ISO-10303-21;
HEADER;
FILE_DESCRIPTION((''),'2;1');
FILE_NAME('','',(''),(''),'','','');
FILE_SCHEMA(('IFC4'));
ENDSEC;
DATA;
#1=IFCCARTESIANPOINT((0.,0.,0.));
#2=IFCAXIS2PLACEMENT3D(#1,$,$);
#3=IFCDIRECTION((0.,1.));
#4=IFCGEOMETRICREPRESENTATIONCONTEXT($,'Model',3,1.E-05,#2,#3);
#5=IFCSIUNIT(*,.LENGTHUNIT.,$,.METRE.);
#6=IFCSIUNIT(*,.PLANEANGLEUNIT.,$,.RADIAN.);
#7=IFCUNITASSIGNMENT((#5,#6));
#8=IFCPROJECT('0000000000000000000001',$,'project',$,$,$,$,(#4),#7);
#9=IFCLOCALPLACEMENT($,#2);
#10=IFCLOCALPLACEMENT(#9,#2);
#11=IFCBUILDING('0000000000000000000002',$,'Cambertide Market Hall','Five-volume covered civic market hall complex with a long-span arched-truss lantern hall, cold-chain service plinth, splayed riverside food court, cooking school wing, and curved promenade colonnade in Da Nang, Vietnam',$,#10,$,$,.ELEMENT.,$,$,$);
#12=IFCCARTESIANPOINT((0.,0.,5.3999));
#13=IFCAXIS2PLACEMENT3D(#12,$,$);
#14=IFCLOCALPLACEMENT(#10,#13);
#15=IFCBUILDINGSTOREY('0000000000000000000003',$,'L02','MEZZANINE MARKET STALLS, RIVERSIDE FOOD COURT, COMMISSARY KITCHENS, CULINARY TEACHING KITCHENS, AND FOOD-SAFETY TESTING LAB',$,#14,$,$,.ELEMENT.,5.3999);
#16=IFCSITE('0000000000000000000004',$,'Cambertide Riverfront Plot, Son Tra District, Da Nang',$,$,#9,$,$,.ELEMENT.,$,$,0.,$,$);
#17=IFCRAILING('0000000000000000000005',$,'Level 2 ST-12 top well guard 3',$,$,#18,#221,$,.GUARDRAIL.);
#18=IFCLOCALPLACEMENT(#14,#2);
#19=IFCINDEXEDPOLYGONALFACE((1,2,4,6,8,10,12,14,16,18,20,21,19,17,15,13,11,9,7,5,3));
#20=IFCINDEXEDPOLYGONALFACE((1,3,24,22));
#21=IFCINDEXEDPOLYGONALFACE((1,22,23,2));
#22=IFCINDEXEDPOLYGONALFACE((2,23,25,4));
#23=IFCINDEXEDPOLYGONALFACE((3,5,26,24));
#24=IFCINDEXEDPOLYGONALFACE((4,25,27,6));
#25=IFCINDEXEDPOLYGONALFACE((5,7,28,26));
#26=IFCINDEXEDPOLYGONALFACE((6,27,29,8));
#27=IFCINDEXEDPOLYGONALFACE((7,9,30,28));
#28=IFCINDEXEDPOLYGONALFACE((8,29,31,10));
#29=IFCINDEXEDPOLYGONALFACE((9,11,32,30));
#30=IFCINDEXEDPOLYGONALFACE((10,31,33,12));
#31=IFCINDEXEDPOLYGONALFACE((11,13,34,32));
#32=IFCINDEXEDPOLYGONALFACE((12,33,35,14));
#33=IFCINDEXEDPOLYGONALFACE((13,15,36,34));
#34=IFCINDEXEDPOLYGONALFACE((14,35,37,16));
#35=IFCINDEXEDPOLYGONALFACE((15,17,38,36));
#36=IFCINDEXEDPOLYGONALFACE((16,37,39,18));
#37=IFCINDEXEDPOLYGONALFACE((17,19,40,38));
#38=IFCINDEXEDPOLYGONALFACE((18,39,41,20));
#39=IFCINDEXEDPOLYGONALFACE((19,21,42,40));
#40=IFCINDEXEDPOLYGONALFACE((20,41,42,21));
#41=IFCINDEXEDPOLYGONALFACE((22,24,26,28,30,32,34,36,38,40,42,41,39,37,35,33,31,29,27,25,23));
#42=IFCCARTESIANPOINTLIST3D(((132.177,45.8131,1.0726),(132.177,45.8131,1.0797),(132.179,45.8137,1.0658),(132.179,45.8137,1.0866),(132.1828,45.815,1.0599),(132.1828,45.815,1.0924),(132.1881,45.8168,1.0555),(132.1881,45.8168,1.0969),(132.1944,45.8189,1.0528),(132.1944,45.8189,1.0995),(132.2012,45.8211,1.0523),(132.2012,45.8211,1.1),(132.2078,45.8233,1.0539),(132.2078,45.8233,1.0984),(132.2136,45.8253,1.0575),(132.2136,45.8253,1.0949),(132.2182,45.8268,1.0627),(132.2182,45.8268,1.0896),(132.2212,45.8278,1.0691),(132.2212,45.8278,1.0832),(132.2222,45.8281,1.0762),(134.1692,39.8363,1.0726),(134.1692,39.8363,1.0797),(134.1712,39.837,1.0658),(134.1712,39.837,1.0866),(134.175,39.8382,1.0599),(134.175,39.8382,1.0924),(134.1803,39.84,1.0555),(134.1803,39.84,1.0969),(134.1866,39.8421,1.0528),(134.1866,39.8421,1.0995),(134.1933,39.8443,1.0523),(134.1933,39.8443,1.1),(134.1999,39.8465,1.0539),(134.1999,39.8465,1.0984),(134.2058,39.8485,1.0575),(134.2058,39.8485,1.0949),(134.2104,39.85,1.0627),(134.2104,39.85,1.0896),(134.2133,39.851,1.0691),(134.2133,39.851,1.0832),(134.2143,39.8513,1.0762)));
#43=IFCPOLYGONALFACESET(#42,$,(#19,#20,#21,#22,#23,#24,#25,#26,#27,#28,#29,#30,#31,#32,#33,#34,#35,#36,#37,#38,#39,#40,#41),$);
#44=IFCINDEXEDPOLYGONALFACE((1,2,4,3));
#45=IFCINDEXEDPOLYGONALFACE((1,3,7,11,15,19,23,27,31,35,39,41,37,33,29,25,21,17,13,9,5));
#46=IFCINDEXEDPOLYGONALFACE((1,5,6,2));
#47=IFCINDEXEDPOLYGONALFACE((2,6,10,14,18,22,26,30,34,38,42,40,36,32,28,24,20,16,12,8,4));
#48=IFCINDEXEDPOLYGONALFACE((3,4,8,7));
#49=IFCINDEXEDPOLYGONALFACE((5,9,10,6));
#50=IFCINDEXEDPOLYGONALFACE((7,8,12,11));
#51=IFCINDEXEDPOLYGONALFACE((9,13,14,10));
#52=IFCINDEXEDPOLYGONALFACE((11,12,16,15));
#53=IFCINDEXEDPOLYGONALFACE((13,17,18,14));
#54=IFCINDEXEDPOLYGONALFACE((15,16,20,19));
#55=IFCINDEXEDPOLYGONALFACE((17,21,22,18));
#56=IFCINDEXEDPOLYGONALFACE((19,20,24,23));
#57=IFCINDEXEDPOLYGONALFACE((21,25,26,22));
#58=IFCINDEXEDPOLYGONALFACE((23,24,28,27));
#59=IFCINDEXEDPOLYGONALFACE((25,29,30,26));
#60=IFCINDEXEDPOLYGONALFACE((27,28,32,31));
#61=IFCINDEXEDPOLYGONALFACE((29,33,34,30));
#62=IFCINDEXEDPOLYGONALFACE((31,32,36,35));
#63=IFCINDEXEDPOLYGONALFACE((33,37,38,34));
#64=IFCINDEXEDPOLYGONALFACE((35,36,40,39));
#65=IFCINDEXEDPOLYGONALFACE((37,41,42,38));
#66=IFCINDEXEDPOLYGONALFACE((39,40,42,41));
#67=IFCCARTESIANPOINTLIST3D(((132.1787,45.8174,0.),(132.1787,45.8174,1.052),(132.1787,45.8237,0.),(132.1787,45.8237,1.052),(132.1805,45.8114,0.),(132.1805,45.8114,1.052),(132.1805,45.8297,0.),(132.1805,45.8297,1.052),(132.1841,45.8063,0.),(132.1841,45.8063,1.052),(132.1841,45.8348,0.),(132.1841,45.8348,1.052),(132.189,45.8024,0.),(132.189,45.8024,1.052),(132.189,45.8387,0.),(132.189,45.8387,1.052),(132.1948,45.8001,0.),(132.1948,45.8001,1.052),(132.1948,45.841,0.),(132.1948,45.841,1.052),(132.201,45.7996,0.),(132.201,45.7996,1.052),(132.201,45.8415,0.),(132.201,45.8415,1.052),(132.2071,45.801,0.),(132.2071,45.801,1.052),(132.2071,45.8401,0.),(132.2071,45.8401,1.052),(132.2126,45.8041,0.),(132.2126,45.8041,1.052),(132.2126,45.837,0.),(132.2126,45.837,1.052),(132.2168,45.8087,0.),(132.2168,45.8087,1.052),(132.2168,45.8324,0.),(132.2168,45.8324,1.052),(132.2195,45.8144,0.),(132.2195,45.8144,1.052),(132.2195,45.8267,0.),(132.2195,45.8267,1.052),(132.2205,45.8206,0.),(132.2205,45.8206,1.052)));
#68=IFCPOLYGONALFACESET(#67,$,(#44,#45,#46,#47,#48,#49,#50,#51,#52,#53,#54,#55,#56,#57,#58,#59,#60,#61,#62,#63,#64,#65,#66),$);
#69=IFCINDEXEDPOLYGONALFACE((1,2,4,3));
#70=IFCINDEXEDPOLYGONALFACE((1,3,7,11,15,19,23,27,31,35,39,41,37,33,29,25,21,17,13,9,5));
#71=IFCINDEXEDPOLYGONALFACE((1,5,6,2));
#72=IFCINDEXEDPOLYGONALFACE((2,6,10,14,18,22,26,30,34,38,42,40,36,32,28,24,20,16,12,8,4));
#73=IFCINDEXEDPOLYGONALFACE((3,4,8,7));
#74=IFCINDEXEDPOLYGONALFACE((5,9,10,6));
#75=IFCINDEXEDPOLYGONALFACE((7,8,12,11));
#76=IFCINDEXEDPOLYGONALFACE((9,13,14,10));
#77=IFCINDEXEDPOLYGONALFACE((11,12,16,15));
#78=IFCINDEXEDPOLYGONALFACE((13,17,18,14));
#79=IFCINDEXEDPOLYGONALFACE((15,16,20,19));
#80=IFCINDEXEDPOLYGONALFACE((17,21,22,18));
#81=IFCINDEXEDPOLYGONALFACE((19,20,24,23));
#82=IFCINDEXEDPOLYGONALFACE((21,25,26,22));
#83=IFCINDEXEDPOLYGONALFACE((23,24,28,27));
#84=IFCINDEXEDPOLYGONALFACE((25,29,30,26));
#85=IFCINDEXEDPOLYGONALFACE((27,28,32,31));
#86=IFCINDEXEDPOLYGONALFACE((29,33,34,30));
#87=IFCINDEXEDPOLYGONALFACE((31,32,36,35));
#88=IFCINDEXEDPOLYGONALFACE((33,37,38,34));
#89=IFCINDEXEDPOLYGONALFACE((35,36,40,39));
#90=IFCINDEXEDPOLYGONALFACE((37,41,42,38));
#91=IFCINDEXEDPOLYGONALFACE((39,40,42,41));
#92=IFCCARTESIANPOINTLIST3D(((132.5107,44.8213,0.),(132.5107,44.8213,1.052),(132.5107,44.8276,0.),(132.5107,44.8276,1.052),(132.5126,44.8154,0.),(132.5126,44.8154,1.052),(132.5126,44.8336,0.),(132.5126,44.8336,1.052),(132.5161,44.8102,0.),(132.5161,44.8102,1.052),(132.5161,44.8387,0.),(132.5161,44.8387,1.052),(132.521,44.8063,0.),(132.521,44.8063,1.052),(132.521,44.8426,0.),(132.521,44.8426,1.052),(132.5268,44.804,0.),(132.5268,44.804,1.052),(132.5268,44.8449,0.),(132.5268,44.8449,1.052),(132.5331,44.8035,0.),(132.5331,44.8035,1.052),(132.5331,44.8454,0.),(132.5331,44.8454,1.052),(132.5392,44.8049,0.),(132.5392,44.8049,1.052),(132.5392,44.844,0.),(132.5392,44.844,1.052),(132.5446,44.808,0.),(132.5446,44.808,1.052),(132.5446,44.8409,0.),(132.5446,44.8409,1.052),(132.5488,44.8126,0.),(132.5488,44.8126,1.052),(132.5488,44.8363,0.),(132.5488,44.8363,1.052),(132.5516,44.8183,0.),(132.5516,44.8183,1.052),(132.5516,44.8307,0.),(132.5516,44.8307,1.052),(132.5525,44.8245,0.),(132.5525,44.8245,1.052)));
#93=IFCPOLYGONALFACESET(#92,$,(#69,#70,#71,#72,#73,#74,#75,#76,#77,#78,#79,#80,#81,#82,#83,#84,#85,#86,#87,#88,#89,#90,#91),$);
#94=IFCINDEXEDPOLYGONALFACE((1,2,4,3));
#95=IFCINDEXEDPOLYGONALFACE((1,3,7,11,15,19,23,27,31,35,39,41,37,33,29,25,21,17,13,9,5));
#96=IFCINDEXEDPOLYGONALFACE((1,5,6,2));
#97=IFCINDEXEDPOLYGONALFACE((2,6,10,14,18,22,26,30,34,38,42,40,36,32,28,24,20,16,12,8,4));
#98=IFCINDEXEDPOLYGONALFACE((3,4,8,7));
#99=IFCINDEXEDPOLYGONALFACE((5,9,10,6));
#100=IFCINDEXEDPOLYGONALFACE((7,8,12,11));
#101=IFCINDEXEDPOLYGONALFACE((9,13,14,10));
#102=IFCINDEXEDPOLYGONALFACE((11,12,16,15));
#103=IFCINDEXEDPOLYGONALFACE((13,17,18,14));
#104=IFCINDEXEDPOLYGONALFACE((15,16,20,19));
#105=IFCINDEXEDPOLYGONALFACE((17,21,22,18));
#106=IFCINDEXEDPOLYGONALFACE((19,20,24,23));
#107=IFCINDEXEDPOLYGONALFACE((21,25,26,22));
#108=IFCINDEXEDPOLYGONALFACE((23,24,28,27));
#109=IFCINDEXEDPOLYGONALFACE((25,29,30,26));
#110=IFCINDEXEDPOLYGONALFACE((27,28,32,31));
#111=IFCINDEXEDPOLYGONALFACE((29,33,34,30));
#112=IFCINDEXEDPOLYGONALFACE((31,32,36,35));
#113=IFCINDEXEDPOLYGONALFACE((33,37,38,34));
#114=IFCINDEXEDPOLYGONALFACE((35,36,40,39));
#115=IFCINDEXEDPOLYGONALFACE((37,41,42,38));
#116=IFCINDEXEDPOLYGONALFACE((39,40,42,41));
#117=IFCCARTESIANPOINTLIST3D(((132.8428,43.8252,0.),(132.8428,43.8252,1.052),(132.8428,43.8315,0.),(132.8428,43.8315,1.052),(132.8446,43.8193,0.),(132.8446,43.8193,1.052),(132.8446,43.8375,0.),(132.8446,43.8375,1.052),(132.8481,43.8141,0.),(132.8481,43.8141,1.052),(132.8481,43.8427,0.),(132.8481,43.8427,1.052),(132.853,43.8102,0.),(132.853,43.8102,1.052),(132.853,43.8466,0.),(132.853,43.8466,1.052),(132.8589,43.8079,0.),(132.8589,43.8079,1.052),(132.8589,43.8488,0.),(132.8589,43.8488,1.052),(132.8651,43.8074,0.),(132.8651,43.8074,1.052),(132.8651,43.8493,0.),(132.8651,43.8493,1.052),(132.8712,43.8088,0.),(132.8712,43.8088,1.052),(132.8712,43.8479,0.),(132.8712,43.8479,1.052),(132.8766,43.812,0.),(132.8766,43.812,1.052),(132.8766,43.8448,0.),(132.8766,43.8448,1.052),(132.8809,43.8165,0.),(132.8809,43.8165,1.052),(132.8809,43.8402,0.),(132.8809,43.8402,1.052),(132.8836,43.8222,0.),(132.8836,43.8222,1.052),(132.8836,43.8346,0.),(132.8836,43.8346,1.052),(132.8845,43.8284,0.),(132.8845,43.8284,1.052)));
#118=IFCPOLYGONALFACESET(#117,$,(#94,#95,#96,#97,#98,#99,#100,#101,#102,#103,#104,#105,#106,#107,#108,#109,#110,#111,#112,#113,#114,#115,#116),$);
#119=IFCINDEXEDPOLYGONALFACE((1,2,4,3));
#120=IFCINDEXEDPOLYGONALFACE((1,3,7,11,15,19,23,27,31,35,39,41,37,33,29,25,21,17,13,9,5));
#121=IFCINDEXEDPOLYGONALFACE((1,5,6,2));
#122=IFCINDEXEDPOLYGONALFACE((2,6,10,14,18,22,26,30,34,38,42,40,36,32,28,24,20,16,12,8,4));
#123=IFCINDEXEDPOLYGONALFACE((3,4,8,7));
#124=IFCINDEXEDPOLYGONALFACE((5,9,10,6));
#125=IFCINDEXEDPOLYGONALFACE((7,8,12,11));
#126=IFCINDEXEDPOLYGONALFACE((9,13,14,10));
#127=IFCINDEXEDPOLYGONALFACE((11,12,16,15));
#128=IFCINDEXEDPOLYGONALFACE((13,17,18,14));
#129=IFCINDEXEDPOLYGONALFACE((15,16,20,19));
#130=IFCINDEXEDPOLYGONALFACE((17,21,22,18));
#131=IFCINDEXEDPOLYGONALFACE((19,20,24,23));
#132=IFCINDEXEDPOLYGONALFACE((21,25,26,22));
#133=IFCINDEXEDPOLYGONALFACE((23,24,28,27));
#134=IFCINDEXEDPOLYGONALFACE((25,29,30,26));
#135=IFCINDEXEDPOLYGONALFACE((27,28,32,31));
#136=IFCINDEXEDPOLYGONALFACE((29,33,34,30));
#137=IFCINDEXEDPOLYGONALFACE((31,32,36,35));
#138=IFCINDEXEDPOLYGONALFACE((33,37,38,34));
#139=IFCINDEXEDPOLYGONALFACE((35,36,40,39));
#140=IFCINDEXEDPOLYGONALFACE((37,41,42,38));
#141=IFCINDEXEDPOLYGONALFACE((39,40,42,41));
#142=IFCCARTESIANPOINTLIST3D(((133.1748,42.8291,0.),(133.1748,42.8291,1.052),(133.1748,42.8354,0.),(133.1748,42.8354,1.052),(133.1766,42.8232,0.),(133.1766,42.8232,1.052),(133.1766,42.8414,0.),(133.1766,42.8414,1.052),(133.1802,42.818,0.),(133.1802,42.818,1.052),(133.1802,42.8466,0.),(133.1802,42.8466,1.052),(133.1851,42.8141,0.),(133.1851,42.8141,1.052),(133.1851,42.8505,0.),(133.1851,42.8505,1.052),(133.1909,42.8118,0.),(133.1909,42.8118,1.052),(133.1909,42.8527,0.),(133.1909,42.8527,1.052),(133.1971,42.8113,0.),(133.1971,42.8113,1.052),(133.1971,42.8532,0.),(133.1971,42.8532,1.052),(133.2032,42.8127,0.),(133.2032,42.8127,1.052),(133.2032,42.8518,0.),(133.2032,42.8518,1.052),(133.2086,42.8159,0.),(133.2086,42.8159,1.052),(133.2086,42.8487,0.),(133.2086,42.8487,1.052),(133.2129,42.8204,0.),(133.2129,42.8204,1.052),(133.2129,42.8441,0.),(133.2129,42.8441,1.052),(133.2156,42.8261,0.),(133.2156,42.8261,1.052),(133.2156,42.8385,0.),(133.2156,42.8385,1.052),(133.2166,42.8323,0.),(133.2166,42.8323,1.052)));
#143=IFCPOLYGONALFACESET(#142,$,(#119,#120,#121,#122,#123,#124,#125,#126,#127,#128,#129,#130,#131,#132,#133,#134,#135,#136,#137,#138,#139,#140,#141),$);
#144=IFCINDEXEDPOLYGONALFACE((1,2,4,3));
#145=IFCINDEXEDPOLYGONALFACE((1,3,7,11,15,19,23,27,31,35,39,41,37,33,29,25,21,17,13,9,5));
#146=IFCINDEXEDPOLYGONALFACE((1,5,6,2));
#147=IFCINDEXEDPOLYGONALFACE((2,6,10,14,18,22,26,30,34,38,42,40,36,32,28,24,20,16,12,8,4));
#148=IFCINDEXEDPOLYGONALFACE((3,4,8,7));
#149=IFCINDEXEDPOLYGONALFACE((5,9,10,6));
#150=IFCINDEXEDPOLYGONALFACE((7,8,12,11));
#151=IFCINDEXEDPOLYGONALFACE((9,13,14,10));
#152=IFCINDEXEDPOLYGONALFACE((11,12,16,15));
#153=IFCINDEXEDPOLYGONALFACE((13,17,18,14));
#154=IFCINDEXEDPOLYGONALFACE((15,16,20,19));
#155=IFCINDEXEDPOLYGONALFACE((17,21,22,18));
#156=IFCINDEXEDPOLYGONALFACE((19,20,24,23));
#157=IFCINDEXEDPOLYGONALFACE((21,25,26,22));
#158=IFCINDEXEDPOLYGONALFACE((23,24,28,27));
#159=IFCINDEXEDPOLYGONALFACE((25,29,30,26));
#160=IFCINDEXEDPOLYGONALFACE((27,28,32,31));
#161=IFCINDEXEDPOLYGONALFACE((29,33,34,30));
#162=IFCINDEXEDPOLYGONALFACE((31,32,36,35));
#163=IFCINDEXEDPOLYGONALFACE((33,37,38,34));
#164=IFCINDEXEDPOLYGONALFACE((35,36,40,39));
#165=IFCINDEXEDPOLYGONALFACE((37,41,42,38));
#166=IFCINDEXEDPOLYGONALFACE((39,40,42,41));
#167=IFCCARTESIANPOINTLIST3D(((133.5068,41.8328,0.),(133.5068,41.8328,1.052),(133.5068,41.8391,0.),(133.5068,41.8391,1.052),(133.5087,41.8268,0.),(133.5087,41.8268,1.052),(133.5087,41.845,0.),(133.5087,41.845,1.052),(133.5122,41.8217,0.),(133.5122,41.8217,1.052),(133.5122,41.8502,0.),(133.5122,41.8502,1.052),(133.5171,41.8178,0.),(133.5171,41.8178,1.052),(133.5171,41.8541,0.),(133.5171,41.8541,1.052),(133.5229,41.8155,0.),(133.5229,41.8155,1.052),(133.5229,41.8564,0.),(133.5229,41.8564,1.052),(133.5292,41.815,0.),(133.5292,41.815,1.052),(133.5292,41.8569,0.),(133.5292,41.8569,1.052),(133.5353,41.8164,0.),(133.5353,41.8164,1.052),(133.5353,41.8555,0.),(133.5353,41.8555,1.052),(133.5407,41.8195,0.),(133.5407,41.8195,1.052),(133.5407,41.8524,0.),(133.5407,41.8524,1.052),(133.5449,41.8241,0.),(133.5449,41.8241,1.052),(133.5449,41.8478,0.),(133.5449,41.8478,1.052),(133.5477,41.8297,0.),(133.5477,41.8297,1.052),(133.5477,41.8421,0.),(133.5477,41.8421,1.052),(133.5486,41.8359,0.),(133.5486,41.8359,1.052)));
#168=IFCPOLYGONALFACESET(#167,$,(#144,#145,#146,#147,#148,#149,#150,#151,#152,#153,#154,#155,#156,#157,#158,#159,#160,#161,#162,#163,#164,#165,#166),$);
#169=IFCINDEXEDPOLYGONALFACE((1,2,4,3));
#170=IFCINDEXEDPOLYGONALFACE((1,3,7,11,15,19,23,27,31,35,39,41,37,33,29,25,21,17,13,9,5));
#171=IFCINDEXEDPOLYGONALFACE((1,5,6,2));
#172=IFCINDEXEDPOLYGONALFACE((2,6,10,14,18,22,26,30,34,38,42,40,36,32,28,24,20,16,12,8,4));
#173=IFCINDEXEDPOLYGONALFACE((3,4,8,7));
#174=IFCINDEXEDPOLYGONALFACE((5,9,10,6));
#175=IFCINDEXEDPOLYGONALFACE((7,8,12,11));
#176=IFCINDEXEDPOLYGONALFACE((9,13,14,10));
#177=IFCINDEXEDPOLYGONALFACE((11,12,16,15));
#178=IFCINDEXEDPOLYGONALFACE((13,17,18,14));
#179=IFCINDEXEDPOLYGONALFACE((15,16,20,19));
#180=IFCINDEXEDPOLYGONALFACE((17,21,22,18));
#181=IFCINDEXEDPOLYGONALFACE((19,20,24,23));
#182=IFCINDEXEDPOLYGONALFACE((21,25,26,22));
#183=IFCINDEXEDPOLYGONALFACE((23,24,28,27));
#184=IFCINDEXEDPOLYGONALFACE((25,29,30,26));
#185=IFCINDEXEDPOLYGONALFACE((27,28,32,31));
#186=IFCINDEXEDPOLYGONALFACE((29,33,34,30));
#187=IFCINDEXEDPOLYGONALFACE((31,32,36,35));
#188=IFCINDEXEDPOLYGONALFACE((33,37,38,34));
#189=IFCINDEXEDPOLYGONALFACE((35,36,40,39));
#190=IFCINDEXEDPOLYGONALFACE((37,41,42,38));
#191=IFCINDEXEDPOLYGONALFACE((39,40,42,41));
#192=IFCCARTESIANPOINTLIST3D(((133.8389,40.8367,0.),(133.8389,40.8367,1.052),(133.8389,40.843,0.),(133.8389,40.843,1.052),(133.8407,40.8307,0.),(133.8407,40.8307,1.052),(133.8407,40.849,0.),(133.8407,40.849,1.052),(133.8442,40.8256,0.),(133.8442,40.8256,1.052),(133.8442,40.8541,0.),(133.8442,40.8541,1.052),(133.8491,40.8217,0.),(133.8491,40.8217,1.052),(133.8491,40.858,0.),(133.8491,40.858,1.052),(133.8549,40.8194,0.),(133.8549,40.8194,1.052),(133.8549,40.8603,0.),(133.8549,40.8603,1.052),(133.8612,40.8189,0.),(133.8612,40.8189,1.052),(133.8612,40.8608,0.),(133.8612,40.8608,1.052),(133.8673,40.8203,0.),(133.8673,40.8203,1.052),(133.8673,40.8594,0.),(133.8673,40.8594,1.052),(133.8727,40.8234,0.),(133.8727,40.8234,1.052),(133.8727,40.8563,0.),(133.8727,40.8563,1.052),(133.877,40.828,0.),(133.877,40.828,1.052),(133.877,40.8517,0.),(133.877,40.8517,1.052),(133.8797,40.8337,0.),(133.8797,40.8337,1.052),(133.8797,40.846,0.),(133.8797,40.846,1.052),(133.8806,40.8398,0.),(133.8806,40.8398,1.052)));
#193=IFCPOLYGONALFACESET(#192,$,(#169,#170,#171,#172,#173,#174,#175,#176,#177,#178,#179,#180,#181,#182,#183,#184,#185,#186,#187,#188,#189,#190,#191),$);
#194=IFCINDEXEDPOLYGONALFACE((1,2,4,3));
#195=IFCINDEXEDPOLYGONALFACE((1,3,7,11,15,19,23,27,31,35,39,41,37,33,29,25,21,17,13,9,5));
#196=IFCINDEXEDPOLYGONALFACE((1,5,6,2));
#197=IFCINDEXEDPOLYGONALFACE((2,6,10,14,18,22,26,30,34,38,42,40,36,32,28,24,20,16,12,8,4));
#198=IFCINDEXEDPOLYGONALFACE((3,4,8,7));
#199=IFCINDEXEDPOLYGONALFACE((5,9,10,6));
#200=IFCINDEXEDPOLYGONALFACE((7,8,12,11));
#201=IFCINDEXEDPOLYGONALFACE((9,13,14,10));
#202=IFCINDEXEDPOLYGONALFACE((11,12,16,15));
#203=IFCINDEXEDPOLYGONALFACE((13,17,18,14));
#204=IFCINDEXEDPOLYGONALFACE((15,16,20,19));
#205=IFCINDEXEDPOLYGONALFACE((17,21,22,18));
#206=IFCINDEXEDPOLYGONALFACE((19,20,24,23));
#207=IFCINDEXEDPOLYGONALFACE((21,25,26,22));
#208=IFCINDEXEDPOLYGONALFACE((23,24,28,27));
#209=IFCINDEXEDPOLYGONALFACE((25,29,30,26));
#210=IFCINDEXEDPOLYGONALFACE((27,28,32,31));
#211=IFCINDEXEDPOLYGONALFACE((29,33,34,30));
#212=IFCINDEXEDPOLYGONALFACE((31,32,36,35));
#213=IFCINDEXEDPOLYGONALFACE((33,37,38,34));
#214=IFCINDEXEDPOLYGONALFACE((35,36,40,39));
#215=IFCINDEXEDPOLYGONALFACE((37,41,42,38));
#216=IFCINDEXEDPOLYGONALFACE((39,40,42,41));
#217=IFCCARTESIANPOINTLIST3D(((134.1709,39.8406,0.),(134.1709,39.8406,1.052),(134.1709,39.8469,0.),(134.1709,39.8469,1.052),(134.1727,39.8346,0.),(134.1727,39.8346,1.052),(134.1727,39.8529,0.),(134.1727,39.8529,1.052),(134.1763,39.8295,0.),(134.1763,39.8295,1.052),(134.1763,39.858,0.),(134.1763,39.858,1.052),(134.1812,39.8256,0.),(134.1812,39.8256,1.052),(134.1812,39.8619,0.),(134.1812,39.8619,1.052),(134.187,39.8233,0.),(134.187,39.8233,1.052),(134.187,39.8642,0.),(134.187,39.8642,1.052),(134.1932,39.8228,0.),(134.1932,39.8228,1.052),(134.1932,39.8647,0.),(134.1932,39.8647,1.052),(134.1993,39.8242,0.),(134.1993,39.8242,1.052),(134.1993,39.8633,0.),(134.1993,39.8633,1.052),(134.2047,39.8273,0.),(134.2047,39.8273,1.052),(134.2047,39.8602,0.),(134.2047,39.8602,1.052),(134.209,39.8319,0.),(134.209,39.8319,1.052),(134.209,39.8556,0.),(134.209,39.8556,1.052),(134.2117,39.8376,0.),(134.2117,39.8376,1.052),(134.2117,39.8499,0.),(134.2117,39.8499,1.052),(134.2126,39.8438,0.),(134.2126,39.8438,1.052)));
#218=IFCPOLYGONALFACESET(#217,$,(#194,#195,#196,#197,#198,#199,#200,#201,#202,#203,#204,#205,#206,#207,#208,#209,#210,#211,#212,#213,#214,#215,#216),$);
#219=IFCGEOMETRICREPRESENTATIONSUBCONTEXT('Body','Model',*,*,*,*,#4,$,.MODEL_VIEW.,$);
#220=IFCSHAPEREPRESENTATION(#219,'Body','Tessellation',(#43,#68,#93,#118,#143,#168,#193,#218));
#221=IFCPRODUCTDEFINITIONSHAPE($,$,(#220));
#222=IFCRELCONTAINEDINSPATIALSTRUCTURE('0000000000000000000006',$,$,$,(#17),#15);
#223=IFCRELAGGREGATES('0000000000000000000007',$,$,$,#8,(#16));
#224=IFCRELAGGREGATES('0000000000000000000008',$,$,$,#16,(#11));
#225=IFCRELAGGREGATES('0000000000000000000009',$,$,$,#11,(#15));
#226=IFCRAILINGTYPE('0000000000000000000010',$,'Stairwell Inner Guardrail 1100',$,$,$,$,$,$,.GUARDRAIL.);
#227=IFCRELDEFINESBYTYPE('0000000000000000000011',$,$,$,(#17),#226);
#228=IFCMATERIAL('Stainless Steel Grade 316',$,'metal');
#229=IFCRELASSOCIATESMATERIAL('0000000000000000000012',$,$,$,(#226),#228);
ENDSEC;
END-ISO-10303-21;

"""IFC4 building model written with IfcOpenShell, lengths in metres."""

from ifc_helpers import new_model, si_unit, direction, frame, origin, origin_2d, place, context, subcontext, project, spatial, circle, extrude, material, type_object, element, save


model = new_model("IFC4")

# Units and contexts
model_context = context("Model", 3, precision=1e-05, world=origin(), true_north=direction((0.0, 1.0)))
body_context = subcontext(model_context, "Body", "Model", "MODEL_VIEW")
ifc_project = project(units=[si_unit("LENGTHUNIT", "METRE"), si_unit("PLANEANGLEUNIT", "RADIAN")], contexts=[model_context])

# Site, building, storey
site_placement = place(None, origin())
site = spatial("IfcSite", under=ifc_project, at=site_placement, Name="Cambertide Riverfront Plot, Son Tra District, Da Nang", CompositionType="ELEMENT", RefElevation=0.0)
building_placement = place(site_placement, origin())
building = spatial("IfcBuilding", under=site, at=building_placement, Name="Cambertide Market Hall", Description="Five-volume covered civic market hall complex with a long-span arched-truss lantern hall, cold-chain service plinth, splayed riverside food court, cooking school wing, and curved promenade colonnade in Da Nang, Vietnam", CompositionType="ELEMENT")
storey_placement = place(building_placement, frame((0.0, 0.0, 5.3999)))
storey = spatial("IfcBuildingStorey", under=building, at=storey_placement, Name="L02", Description="MEZZANINE MARKET STALLS, RIVERSIDE FOOD COURT, COMMISSARY KITCHENS, CULINARY TEACHING KITCHENS, AND FOOD-SAFETY TESTING LAB", CompositionType="ELEMENT", Elevation=5.3999)

# Railing
ifc_material_1 = material(Name="Stainless Steel Grade 316", Category="metal")
railing_type = type_object("IfcRailingType", Name="Stairwell Inner Guardrail 1100", PredefinedType="GUARDRAIL", material=ifc_material_1)
railing_1_placement = place(storey_placement, frame((132.1995, 45.8206, 0.0)))
element("IfcRailing", 1, at=railing_1_placement, inside=storey, type_object=railing_type, Name="Level 2 ST-12 top well guard 3", PredefinedType="GUARDRAIL", context=body_context, shape_type="SweptSolid", body=[
    extrude(circle(Radius=0.0239, at=origin_2d()), frame((0.0, 0.0, 1.0762), z_axis=(0.316216, -0.948687, 0.0), x_axis=(0.948687, 0.316216, 0.0)), (0.0, 0.0, 1.0), 6.3),
    extrude(circle(Radius=0.021, at=origin_2d()), origin(), (0.0, 0.0, 1.0), 1.052),
    extrude(circle(Radius=0.021, at=origin_2d()), frame((0.332, -0.9961, 0.0)), (0.0, 0.0, 1.0), 1.052),
    extrude(circle(Radius=0.021, at=origin_2d()), frame((0.6641, -1.9922, 0.0)), (0.0, 0.0, 1.0), 1.052),
    extrude(circle(Radius=0.021, at=origin_2d()), frame((0.9961, -2.9883, 0.0)), (0.0, 0.0, 1.0), 1.052),
    extrude(circle(Radius=0.021, at=origin_2d()), frame((1.3281, -3.9846, 0.0)), (0.0, 0.0, 1.0), 1.052),
    extrude(circle(Radius=0.021, at=origin_2d()), frame((1.6602, -4.9807, 0.0)), (0.0, 0.0, 1.0), 1.052),
    extrude(circle(Radius=0.021, at=origin_2d()), frame((1.9922, -5.9768, 0.0)), (0.0, 0.0, 1.0), 1.052),
])

save(model, "model.ifc")
